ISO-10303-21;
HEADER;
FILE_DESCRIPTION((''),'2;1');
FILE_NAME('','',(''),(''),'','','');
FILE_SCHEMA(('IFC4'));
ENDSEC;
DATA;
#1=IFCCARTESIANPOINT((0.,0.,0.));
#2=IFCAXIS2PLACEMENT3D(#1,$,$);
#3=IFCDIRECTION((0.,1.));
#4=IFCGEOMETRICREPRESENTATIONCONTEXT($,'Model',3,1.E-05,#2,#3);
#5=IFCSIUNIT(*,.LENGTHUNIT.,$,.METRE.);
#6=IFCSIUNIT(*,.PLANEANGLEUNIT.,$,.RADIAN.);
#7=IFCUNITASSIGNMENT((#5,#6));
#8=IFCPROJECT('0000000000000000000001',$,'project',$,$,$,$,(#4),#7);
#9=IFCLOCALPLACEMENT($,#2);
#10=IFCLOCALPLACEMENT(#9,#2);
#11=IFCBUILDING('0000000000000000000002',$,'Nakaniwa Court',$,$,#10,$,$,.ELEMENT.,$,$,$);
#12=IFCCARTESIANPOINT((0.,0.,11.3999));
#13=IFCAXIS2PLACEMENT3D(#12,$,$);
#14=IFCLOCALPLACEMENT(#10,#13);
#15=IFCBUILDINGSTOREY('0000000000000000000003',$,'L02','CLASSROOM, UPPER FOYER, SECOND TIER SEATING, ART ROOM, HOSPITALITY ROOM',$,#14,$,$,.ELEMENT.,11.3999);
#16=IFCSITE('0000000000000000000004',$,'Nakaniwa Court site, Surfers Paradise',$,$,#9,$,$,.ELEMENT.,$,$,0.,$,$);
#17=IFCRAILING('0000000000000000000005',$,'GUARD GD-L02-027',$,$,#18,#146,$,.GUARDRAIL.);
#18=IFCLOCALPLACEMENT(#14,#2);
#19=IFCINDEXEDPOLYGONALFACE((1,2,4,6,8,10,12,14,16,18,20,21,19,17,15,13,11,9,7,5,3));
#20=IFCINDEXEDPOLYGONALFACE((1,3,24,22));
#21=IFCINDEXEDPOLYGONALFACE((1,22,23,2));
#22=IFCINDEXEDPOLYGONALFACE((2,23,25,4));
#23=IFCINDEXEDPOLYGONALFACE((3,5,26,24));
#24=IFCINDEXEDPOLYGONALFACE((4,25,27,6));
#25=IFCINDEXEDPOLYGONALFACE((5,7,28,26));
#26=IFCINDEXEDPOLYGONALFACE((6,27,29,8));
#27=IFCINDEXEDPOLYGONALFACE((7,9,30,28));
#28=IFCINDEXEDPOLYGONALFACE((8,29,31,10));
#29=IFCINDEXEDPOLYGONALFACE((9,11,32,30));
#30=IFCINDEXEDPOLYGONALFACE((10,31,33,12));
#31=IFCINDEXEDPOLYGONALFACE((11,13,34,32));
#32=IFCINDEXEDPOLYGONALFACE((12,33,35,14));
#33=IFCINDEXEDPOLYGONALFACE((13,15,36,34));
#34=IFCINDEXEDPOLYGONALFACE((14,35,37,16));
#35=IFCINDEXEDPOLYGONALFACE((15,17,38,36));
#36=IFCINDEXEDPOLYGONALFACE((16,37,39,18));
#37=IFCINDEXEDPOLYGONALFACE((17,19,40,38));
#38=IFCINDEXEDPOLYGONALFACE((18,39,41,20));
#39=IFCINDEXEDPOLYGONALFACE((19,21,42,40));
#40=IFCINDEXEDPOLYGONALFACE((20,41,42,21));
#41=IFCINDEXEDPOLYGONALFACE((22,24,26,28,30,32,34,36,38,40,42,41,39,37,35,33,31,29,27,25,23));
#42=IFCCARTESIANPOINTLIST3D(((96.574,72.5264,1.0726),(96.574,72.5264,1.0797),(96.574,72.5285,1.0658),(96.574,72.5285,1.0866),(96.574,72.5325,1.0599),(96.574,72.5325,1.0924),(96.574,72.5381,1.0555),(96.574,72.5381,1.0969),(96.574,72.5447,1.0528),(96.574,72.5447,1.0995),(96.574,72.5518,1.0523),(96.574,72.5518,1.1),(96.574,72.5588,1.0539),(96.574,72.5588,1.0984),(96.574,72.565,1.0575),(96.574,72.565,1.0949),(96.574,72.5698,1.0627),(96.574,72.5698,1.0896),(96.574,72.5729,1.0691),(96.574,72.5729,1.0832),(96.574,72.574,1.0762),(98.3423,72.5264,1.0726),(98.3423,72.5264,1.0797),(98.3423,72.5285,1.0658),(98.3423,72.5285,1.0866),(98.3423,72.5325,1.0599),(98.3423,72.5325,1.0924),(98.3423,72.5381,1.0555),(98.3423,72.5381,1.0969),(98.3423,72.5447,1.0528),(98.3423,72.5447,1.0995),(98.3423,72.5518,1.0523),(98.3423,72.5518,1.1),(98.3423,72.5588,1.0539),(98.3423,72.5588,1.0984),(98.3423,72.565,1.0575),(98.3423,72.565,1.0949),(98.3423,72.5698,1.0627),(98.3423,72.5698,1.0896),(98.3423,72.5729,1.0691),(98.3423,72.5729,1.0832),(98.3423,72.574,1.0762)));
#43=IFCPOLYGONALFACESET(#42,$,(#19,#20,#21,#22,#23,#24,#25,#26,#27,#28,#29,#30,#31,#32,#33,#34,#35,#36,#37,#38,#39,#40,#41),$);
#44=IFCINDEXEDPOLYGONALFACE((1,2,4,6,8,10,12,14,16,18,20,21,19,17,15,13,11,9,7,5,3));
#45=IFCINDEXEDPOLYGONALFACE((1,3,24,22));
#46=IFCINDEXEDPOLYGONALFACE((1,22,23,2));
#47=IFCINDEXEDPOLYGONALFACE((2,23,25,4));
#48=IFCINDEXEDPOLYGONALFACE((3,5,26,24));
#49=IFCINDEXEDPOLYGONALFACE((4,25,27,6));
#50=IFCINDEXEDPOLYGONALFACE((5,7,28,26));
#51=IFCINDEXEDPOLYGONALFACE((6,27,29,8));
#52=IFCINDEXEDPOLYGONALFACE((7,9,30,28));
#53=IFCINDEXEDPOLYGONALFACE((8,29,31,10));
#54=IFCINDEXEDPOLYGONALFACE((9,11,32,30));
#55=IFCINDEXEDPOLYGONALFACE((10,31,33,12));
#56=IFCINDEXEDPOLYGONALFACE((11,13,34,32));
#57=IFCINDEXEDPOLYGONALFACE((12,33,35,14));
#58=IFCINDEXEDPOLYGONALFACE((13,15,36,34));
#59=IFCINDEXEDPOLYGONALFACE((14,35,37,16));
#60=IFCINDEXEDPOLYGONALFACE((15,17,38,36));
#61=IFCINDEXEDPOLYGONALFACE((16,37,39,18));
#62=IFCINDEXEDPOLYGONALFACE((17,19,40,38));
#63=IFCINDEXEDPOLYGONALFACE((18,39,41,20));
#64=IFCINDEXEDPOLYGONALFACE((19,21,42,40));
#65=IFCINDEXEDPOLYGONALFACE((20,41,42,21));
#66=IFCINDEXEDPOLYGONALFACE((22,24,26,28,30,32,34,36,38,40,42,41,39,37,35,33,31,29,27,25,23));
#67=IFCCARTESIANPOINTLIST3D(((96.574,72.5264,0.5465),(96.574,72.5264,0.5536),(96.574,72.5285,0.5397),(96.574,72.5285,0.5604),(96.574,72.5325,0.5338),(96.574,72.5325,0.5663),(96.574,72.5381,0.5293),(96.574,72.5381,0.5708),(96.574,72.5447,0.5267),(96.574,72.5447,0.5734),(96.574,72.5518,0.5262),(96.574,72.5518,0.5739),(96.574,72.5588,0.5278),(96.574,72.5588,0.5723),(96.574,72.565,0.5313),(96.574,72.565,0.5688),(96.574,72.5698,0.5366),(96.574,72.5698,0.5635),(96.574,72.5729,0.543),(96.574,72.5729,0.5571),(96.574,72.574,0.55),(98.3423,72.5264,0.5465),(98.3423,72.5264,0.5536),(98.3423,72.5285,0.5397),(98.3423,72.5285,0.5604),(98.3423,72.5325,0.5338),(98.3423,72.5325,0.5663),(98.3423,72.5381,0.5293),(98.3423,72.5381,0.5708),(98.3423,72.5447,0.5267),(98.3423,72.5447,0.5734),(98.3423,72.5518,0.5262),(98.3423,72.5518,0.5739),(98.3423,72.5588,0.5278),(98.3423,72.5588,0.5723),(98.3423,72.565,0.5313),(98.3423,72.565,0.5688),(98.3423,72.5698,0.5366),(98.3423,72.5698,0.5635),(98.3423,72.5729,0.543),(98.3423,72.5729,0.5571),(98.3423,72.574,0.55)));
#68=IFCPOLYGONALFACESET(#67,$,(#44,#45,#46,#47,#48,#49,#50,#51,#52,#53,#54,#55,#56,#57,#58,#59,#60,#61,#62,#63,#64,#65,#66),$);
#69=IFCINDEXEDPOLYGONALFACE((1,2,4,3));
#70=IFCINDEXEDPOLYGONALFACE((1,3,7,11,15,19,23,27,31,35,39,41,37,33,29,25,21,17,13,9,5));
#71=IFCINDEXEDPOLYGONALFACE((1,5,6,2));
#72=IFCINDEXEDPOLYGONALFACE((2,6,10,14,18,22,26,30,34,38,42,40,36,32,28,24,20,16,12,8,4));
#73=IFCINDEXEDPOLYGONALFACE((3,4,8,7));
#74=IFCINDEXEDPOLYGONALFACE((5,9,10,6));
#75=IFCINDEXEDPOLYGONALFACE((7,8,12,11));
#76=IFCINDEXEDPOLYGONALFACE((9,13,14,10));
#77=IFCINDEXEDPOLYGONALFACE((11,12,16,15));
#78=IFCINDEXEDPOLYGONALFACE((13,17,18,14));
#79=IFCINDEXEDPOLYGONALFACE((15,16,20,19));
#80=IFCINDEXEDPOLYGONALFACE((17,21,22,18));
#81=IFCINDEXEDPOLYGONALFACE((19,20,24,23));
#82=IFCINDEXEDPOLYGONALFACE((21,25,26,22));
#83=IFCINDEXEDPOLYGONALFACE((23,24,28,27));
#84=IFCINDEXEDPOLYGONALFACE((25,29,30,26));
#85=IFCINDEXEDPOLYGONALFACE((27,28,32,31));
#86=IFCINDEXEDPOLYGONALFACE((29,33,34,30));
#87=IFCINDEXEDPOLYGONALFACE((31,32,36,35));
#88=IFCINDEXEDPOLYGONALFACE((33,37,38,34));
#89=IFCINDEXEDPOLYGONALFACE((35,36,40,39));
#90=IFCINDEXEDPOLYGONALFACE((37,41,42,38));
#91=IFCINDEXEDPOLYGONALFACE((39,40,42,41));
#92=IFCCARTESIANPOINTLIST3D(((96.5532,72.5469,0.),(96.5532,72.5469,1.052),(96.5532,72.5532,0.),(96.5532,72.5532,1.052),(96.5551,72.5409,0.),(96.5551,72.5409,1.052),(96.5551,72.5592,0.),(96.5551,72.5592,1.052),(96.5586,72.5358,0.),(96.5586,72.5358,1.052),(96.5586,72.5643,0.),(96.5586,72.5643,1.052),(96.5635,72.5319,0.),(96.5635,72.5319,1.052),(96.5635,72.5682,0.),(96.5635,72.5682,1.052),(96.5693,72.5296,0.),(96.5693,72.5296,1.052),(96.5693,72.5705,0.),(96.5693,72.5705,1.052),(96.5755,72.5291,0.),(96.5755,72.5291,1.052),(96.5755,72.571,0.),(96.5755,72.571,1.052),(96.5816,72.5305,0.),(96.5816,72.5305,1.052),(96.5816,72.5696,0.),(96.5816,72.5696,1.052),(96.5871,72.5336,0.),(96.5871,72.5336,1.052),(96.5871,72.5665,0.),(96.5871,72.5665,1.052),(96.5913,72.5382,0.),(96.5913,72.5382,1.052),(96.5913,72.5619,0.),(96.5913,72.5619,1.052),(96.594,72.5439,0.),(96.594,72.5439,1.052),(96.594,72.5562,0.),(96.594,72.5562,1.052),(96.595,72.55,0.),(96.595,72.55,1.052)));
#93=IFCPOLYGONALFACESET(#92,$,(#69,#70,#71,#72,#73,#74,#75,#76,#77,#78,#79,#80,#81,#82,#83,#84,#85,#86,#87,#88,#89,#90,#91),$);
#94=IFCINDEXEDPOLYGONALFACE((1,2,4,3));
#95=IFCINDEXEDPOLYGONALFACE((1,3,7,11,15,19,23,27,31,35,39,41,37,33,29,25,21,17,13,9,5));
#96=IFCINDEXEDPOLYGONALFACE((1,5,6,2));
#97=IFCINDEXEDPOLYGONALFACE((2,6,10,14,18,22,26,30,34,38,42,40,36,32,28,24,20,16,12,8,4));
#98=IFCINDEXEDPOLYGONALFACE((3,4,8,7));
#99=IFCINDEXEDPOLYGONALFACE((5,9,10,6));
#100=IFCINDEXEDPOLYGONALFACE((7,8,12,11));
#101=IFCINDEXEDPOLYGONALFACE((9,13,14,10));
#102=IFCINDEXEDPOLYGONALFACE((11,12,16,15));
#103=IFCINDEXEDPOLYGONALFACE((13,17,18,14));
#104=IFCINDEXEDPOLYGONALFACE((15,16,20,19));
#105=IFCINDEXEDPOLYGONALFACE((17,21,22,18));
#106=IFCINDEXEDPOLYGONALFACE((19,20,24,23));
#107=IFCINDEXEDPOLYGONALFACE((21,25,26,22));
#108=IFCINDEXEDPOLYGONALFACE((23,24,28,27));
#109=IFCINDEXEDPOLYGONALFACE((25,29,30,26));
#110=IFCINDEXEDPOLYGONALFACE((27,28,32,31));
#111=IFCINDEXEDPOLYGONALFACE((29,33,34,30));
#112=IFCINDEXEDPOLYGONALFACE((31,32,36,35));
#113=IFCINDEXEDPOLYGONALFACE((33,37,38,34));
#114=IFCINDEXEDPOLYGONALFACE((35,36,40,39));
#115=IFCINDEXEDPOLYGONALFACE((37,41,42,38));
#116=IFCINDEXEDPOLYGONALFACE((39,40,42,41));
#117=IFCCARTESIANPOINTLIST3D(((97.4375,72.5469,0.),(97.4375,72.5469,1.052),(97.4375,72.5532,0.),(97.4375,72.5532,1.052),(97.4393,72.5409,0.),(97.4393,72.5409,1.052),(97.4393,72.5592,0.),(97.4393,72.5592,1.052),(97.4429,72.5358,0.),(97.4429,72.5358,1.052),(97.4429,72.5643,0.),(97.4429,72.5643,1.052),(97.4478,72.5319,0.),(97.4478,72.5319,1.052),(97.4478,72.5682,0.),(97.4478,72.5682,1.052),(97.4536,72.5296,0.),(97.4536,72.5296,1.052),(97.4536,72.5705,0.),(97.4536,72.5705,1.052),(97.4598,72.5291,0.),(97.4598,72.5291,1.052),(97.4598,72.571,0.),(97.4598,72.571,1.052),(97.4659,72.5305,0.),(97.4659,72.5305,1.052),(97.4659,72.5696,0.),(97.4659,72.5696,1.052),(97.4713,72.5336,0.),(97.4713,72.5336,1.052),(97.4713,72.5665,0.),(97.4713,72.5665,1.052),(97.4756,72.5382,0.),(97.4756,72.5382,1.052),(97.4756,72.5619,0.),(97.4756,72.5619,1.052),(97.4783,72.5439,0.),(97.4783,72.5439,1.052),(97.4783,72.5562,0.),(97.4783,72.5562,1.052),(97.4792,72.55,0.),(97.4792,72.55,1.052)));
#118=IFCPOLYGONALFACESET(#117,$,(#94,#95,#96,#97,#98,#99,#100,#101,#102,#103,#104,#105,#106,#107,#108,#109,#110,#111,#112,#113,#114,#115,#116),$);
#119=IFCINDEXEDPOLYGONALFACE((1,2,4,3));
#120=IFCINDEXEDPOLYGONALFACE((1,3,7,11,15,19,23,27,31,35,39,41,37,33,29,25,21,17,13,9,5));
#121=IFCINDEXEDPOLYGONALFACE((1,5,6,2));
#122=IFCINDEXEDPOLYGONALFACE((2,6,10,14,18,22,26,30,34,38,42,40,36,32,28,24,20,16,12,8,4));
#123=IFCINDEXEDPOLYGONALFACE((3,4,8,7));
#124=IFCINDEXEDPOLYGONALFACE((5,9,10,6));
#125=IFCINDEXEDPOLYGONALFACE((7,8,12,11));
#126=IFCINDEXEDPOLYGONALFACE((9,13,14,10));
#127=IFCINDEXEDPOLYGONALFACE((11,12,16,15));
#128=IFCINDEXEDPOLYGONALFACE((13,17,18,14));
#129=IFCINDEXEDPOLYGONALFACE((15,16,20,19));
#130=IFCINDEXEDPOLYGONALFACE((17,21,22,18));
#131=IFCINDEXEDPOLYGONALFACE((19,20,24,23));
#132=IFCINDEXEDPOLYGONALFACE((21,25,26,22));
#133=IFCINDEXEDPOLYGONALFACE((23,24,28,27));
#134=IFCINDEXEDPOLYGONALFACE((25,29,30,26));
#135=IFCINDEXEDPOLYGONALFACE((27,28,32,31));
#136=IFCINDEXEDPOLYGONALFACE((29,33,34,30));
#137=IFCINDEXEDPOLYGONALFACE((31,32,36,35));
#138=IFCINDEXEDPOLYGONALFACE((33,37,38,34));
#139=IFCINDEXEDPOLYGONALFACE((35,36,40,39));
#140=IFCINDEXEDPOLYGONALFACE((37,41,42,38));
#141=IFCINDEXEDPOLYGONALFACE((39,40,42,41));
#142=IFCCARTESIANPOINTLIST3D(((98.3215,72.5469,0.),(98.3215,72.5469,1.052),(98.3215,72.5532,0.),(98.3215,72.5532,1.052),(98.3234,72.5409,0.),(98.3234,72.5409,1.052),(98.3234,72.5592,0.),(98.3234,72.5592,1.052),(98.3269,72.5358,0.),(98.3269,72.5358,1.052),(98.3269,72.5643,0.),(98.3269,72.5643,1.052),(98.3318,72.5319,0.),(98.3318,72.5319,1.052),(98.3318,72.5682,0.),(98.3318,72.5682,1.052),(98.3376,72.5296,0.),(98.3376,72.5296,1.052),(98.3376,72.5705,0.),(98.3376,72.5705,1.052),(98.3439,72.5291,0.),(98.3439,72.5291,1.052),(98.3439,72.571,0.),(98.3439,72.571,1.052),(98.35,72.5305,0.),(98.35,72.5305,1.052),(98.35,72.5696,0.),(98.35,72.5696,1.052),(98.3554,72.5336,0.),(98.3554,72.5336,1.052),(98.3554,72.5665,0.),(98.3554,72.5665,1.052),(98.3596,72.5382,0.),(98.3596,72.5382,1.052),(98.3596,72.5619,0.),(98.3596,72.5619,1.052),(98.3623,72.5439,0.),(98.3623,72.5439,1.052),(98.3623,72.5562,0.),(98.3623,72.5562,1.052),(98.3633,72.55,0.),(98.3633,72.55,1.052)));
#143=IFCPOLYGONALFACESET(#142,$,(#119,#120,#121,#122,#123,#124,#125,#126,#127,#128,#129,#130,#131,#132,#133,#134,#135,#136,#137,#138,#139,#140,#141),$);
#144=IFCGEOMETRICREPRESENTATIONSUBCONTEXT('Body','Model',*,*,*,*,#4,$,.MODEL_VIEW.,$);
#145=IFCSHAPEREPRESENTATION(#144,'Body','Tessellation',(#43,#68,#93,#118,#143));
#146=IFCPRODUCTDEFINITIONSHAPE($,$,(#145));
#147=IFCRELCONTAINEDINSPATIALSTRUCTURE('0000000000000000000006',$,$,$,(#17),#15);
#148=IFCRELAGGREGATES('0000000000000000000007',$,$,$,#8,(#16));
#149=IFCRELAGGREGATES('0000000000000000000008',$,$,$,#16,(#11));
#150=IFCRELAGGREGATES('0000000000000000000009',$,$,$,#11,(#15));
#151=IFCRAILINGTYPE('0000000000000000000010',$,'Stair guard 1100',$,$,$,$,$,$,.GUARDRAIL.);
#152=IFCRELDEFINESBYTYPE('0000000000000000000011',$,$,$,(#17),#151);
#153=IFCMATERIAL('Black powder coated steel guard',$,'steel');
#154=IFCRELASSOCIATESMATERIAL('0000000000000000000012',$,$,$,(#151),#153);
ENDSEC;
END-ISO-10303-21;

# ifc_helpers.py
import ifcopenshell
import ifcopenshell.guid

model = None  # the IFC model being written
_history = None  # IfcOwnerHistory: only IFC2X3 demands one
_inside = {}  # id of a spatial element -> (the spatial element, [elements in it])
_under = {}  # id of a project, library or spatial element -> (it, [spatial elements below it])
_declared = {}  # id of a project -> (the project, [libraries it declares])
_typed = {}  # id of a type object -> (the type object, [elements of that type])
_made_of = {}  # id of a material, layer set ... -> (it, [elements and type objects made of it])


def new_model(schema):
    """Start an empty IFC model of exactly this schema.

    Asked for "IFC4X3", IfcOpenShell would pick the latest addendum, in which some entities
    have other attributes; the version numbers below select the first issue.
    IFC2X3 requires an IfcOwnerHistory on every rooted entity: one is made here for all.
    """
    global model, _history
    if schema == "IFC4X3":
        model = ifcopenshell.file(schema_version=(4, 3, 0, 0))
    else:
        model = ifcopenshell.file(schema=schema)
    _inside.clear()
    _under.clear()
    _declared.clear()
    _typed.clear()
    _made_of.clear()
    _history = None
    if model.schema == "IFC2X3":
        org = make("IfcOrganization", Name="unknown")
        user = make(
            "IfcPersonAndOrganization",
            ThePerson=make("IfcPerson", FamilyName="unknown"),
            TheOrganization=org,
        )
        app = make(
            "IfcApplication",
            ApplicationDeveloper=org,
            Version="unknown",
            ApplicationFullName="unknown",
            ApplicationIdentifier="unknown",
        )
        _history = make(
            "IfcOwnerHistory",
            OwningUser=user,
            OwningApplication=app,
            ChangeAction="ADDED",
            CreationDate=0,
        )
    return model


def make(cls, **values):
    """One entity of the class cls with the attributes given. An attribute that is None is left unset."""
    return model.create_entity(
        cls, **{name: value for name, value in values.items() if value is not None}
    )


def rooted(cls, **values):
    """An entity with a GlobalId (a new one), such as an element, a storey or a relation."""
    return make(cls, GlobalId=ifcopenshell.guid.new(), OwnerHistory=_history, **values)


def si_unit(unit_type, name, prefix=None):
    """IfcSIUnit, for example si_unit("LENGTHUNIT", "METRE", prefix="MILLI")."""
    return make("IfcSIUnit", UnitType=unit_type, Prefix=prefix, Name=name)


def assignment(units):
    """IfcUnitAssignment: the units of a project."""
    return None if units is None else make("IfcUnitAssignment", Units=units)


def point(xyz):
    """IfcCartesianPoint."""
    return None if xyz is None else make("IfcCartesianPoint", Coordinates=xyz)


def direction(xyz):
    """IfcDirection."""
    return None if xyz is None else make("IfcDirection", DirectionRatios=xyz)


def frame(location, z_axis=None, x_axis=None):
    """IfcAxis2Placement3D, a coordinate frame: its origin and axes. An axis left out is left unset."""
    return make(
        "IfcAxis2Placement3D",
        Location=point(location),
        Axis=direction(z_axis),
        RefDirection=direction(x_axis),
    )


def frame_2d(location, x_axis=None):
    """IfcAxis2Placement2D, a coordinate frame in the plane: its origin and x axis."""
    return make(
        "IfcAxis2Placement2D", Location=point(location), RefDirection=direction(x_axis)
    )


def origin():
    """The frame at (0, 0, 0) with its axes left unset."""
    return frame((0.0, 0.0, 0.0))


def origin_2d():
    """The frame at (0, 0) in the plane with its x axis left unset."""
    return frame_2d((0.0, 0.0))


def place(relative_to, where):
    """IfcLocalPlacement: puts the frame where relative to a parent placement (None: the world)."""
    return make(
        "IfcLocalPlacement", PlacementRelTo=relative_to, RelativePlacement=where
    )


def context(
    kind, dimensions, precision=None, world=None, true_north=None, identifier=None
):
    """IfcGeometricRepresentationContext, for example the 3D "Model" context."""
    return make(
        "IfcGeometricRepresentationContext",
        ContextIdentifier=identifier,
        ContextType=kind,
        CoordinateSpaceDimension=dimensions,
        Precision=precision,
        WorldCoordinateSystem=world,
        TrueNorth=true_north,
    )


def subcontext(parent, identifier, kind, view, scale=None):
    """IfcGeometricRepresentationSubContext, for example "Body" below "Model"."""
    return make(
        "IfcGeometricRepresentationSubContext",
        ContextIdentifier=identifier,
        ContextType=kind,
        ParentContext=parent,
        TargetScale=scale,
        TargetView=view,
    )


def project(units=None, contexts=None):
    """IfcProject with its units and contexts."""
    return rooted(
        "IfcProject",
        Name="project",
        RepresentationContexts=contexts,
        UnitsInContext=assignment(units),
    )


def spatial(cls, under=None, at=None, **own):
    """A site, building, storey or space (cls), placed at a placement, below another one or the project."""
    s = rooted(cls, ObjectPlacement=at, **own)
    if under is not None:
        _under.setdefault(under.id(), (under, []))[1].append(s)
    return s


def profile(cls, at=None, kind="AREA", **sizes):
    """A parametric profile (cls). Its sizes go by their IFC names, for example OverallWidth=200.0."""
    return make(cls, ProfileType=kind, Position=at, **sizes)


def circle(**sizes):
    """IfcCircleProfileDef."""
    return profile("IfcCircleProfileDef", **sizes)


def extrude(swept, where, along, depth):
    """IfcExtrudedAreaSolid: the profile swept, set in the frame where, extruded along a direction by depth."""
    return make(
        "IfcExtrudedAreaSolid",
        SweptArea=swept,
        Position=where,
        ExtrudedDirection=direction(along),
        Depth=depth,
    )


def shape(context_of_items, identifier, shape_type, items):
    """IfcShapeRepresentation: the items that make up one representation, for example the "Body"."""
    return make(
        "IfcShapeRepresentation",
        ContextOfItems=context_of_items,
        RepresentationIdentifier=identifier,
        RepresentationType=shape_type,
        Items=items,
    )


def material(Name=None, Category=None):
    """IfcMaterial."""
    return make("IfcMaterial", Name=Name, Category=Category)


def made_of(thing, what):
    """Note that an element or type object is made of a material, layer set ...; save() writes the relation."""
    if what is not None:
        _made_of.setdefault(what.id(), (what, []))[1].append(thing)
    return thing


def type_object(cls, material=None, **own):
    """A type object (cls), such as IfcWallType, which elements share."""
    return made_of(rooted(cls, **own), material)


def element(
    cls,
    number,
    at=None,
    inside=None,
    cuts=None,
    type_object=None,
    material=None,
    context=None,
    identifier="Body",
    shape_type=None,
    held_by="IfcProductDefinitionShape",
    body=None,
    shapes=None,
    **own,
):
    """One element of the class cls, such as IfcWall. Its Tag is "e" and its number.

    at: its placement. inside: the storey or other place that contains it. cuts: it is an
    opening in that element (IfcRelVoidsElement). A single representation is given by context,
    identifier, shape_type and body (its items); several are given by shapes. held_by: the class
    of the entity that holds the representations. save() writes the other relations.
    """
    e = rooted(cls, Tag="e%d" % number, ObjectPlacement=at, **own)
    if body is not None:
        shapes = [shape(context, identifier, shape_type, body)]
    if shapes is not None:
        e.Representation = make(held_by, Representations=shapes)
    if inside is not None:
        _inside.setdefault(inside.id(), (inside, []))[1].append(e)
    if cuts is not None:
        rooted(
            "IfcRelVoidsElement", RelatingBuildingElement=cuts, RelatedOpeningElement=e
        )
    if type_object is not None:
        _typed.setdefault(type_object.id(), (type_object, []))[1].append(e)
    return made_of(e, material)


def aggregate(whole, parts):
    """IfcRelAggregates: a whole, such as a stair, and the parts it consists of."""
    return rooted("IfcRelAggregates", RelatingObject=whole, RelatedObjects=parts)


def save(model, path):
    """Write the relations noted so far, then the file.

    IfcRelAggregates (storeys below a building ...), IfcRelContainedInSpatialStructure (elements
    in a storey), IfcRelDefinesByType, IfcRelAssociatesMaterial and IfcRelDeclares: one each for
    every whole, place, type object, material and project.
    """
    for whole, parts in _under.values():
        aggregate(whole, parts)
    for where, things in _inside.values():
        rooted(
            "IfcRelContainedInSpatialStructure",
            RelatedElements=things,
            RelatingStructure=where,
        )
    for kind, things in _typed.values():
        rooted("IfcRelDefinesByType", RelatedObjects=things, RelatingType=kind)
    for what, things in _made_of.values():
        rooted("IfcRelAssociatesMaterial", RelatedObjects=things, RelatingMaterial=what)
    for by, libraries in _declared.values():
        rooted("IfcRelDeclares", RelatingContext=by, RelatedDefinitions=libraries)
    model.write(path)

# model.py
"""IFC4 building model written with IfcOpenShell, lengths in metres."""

from ifc_helpers import new_model, si_unit, direction, frame, origin, origin_2d, place, context, subcontext, project, spatial, circle, extrude, material, type_object, element, save


model = new_model("IFC4")

# Units and contexts
model_context = context("Model", 3, precision=1e-05, world=origin(), true_north=direction((0.0, 1.0)))
body_context = subcontext(model_context, "Body", "Model", "MODEL_VIEW")
ifc_project = project(units=[si_unit("LENGTHUNIT", "METRE"), si_unit("PLANEANGLEUNIT", "RADIAN")], contexts=[model_context])

# Site, building, storey
site_placement = place(None, origin())
site = spatial("IfcSite", under=ifc_project, at=site_placement, Name="Nakaniwa Court site, Surfers Paradise", CompositionType="ELEMENT", RefElevation=0.0)
building_placement = place(site_placement, origin())
building = spatial("IfcBuilding", under=site, at=building_placement, Name="Nakaniwa Court", CompositionType="ELEMENT")
storey_placement = place(building_placement, frame((0.0, 0.0, 11.3999)))
storey = spatial("IfcBuildingStorey", under=building, at=storey_placement, Name="L02", Description="CLASSROOM, UPPER FOYER, SECOND TIER SEATING, ART ROOM, HOSPITALITY ROOM", CompositionType="ELEMENT", Elevation=11.3999)

# Railing
ifc_material_1 = material(Name="Black powder coated steel guard", Category="steel")
railing_type = type_object("IfcRailingType", Name="Stair guard 1100", PredefinedType="GUARDRAIL", material=ifc_material_1)
railing_1_placement = place(storey_placement, frame((96.574, 72.55, 0.0)))
element("IfcRailing", 1, at=railing_1_placement, inside=storey, type_object=railing_type, Name="GUARD GD-L02-027", PredefinedType="GUARDRAIL", context=body_context, shape_type="SweptSolid", body=[
    extrude(circle(Radius=0.0239, at=origin_2d()), frame((0.0, 0.0, 1.0762), z_axis=(1.0, 0.0, 0.0), x_axis=(0.0, 1.0, 0.0)), (0.0, 0.0, 1.0), 1.7683),
    extrude(circle(Radius=0.0239, at=origin_2d()), frame((0.0, 0.0, 0.55), z_axis=(1.0, 0.0, 0.0), x_axis=(0.0, 1.0, 0.0)), (0.0, 0.0, 1.0), 1.7683),
    extrude(circle(Radius=0.021, at=origin_2d()), origin(), (0.0, 0.0, 1.0), 1.052),
    extrude(circle(Radius=0.021, at=origin_2d()), frame((0.8843, 0.0, 0.0)), (0.0, 0.0, 1.0), 1.052),
    extrude(circle(Radius=0.021, at=origin_2d()), frame((1.7683, 0.0, 0.0)), (0.0, 0.0, 1.0), 1.052),
])

save(model, "model.ifc")
